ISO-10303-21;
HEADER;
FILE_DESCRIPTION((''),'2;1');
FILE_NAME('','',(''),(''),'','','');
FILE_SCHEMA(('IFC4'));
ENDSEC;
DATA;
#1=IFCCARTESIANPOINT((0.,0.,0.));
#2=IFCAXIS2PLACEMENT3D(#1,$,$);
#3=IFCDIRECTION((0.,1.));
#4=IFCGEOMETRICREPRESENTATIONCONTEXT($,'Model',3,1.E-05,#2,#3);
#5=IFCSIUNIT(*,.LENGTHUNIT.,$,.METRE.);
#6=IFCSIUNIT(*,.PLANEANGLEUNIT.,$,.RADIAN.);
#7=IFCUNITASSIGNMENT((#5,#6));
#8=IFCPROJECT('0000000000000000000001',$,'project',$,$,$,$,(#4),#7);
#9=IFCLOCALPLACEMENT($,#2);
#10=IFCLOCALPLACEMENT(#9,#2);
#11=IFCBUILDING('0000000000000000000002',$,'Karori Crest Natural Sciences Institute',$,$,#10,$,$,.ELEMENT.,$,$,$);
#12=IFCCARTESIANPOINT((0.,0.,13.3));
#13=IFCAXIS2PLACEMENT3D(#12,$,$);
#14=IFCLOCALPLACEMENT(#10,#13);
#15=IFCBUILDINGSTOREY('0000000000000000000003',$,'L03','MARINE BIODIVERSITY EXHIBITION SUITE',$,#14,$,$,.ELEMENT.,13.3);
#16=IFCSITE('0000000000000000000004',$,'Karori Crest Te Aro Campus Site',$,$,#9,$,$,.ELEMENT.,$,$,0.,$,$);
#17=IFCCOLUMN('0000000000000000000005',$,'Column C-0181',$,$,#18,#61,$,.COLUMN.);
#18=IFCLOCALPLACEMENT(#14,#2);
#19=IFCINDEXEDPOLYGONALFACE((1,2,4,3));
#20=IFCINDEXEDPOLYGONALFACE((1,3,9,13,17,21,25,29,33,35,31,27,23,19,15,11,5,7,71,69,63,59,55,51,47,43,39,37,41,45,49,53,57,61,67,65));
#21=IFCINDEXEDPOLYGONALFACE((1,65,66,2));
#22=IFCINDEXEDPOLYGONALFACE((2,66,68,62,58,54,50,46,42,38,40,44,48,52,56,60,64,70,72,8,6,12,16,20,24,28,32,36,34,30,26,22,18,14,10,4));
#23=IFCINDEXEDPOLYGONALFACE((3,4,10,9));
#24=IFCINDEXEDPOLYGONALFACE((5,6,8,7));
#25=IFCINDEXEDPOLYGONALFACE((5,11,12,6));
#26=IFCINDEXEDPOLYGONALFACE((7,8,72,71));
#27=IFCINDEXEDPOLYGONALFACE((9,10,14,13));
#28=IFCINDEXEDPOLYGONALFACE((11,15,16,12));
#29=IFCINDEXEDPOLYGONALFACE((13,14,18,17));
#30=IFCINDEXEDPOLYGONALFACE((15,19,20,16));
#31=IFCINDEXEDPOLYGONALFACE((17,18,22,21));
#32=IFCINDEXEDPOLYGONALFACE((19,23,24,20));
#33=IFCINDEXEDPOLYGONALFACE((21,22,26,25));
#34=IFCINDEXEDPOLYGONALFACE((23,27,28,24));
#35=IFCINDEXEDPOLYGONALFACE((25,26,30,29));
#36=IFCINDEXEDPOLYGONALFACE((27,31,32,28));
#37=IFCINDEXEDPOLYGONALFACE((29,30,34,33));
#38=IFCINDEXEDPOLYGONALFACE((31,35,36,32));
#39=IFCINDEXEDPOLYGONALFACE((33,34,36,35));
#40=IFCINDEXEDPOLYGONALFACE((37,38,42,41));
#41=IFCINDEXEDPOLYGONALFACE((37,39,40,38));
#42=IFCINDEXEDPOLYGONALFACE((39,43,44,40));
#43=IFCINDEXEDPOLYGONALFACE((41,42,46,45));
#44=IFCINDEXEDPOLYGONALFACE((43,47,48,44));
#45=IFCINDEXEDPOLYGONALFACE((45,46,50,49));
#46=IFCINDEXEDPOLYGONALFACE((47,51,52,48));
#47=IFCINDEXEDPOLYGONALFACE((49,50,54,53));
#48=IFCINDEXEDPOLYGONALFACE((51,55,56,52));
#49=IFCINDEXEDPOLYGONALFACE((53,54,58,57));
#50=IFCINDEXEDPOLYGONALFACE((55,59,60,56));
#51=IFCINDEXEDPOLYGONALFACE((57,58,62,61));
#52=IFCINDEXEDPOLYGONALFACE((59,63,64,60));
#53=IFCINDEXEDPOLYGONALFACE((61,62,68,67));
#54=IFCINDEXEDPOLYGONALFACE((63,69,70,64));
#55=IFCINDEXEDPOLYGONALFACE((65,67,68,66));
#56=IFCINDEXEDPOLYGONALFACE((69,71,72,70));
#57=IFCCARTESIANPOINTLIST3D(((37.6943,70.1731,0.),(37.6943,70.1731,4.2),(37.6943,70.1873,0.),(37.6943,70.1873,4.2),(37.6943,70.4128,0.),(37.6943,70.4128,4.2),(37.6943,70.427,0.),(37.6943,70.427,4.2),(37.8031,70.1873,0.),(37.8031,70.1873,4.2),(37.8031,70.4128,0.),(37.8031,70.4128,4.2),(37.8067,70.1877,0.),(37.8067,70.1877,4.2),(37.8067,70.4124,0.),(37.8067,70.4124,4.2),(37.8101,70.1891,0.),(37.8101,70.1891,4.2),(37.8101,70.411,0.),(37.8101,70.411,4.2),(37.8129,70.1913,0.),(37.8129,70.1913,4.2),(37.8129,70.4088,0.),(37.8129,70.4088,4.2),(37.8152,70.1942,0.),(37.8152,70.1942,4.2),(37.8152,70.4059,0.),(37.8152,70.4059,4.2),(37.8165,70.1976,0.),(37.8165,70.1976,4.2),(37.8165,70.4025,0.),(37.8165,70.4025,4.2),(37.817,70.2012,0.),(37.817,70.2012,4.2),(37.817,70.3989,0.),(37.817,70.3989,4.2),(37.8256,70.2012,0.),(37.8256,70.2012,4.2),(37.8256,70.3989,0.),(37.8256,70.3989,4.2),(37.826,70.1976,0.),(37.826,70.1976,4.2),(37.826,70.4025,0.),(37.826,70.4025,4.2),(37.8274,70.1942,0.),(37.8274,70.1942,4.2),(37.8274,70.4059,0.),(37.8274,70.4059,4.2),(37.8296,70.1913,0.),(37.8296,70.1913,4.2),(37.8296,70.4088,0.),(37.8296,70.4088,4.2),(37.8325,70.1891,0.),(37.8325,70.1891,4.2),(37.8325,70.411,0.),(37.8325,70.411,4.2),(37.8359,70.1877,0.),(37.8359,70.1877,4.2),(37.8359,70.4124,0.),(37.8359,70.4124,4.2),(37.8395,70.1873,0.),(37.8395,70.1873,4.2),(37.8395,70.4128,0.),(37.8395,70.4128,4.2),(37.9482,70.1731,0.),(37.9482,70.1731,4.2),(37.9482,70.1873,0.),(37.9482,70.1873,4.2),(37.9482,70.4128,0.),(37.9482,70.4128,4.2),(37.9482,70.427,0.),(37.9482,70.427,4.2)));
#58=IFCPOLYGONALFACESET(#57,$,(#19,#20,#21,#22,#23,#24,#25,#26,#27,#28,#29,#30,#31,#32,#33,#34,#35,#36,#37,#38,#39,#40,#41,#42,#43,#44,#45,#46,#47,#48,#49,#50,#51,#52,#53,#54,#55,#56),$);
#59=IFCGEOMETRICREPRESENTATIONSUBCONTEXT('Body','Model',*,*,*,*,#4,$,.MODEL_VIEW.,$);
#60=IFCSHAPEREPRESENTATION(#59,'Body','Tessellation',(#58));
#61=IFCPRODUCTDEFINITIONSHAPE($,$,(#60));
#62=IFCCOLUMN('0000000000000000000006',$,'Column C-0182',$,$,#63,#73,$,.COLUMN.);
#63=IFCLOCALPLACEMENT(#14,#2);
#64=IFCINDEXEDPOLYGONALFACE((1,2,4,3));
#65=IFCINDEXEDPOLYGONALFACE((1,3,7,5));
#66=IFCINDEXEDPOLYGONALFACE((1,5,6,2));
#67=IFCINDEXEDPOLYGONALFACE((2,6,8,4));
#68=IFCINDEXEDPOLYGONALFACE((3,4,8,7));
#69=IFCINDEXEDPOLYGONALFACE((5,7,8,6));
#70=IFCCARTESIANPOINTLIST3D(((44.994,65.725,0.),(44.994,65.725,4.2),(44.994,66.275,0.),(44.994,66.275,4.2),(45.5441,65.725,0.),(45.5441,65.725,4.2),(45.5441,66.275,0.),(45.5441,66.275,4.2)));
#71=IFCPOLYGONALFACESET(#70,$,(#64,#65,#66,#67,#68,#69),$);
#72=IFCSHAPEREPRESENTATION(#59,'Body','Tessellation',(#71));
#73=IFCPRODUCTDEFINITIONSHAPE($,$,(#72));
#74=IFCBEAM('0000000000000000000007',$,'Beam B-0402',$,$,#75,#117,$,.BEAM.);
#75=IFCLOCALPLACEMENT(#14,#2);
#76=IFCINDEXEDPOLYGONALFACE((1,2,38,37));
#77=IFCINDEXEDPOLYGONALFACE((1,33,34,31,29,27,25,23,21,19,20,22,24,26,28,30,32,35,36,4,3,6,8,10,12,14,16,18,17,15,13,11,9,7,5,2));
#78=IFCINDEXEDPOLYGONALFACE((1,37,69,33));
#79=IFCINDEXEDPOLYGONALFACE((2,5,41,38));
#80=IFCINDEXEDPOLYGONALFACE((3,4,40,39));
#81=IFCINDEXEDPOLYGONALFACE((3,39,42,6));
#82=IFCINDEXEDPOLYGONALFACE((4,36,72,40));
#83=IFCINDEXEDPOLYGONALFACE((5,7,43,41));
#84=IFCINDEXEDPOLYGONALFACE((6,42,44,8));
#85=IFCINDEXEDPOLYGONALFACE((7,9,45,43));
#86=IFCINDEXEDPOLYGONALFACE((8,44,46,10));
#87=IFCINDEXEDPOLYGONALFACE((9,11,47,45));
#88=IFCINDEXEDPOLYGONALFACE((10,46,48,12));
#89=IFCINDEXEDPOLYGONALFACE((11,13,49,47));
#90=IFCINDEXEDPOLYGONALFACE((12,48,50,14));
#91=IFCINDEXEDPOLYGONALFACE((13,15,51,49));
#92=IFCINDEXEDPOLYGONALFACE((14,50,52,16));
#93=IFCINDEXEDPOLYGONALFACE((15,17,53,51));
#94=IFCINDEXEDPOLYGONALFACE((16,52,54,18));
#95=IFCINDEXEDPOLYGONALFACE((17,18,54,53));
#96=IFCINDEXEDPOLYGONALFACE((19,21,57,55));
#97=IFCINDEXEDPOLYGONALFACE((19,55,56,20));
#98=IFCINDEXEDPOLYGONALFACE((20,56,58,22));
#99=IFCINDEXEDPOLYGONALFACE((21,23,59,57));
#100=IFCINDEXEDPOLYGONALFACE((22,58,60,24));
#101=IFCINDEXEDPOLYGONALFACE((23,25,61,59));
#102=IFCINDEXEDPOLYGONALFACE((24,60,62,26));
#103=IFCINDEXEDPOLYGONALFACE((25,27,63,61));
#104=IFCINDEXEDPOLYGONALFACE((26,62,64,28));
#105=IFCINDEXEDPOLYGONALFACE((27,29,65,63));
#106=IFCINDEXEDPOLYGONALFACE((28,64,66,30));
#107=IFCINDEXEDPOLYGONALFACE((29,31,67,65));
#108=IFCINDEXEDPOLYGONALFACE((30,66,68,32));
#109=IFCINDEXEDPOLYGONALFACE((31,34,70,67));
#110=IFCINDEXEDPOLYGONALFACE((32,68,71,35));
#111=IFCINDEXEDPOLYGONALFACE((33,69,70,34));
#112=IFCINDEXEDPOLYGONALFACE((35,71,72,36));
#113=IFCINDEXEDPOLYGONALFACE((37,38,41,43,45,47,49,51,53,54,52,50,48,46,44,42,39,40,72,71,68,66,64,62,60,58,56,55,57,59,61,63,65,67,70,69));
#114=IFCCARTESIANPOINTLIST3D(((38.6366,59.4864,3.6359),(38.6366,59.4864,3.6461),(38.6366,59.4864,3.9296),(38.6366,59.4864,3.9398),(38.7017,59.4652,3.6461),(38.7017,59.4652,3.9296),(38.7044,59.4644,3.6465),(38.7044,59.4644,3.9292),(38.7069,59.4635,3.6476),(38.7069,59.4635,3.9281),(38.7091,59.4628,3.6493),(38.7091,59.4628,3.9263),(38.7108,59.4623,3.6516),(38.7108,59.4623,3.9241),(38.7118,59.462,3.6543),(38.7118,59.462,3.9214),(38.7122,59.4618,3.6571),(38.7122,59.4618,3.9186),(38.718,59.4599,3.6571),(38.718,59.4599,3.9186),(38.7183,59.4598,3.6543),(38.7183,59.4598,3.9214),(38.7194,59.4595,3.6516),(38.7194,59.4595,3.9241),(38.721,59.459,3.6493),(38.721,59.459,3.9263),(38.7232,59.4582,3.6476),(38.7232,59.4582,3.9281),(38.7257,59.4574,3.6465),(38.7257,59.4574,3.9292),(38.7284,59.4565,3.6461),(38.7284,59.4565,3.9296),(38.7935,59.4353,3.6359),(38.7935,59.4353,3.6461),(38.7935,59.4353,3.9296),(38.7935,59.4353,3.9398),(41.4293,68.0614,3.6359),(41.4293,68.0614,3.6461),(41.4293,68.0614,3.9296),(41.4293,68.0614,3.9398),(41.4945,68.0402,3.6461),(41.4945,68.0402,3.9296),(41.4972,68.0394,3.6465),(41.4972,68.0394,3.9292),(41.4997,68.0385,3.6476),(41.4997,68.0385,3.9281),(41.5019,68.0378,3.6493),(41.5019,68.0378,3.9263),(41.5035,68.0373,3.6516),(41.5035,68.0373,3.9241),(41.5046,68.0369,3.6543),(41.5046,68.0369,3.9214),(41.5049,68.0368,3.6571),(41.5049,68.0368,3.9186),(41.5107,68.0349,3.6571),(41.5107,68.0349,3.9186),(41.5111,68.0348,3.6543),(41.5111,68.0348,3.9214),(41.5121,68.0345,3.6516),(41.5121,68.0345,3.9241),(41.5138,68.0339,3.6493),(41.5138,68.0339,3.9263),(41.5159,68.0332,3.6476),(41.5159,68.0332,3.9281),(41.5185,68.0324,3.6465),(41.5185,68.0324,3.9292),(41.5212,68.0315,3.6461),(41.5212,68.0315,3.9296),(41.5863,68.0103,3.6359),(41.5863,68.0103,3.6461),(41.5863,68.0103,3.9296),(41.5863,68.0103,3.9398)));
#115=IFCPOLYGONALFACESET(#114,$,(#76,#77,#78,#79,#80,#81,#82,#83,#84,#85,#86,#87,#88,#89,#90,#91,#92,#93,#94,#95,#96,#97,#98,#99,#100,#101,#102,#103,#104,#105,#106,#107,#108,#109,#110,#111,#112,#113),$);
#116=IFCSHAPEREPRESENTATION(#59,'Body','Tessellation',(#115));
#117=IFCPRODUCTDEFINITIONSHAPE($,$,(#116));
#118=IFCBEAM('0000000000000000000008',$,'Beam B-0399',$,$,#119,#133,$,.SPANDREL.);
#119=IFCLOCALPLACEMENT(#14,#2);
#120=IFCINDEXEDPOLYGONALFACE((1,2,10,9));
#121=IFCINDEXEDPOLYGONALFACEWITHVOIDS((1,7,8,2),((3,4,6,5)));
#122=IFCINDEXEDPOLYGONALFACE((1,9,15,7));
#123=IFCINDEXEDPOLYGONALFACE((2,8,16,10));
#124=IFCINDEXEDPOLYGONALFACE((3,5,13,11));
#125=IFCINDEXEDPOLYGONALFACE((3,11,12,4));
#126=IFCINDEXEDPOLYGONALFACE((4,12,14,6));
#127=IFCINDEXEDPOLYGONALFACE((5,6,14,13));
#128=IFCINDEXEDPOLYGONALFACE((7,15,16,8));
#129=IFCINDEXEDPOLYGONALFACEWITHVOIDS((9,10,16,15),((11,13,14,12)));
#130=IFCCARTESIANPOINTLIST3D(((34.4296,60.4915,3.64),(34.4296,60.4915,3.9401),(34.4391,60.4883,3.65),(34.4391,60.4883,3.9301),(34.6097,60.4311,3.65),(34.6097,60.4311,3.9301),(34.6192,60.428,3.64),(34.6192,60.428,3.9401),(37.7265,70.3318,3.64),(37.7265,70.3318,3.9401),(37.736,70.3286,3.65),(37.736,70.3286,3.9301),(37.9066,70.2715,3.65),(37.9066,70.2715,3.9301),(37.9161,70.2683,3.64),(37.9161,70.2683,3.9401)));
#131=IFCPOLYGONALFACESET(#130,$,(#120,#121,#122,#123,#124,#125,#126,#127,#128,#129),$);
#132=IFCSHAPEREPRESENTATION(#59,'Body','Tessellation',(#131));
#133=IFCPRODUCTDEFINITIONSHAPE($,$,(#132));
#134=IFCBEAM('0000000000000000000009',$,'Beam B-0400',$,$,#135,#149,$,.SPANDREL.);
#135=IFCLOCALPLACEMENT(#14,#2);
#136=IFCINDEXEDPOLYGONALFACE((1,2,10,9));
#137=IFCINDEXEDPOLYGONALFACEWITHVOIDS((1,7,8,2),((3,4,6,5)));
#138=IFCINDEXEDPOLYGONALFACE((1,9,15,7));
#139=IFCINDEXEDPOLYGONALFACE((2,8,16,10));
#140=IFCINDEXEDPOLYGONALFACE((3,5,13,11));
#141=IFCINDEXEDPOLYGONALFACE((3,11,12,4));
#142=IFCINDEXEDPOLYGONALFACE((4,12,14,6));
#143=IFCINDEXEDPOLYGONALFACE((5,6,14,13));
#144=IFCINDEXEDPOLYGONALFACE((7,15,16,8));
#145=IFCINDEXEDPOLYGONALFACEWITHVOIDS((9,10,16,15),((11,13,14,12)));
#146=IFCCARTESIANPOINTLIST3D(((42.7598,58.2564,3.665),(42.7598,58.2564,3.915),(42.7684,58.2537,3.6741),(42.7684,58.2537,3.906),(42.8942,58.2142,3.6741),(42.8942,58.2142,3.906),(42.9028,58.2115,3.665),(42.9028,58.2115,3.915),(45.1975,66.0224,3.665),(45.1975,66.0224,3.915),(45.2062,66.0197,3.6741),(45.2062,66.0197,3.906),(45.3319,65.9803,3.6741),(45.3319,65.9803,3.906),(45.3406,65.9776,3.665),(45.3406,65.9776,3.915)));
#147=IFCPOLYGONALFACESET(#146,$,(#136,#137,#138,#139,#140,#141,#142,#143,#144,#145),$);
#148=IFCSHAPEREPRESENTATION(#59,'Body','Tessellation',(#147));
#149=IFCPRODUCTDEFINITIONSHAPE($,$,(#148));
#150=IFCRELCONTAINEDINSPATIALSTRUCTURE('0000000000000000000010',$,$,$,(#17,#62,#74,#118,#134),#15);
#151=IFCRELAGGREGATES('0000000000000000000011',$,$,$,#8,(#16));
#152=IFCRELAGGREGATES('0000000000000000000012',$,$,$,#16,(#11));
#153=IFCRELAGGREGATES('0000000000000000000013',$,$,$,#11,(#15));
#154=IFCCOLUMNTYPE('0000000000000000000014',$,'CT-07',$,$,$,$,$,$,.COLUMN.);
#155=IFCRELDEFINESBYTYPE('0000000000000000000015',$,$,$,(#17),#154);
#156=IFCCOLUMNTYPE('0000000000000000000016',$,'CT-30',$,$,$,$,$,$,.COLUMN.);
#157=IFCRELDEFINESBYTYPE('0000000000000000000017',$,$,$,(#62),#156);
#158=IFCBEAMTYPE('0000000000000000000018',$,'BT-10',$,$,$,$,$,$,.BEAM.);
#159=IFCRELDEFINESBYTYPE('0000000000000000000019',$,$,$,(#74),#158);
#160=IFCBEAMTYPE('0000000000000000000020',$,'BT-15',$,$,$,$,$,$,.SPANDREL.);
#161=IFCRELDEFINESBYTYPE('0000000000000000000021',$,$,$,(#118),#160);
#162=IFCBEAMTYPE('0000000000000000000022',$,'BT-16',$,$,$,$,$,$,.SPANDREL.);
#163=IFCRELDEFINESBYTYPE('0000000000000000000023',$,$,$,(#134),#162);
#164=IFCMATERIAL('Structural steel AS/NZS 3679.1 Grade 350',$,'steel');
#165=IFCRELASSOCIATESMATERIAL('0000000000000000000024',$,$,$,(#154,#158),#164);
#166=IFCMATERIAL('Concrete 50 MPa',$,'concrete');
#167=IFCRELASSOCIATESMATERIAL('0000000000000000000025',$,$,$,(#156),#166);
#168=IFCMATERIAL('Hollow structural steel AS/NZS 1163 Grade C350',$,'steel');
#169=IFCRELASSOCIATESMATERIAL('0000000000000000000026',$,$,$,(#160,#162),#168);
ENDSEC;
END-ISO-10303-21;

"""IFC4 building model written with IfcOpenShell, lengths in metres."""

from ifc_helpers import new_model, si_unit, direction, frame, origin, origin_2d, place, context, subcontext, project, spatial, rectangle, hollow_rectangle, i_section, extrude, material, material_profile, profile_set, type_object, element, save


model = new_model("IFC4")

# Units and contexts
model_context = context("Model", 3, precision=1e-05, world=origin(), true_north=direction((0.0, 1.0)))
body_context = subcontext(model_context, "Body", "Model", "MODEL_VIEW")
ifc_project = project(units=[si_unit("LENGTHUNIT", "METRE"), si_unit("PLANEANGLEUNIT", "RADIAN")], contexts=[model_context])

# Site, building, storey
site_placement = place(None, origin())
site = spatial("IfcSite", under=ifc_project, at=site_placement, Name="Karori Crest Te Aro Campus Site", CompositionType="ELEMENT", RefElevation=0.0)
building_placement = place(site_placement, origin())
building = spatial("IfcBuilding", under=site, at=building_placement, Name="Karori Crest Natural Sciences Institute", CompositionType="ELEMENT")
storey_placement = place(building_placement, frame((0.0, 0.0, 13.3)))
storey = spatial("IfcBuildingStorey", under=building, at=storey_placement, Name="L03", Description="MARINE BIODIVERSITY EXHIBITION SUITE", CompositionType="ELEMENT", Elevation=13.3)

# Columns
ifc_material_1 = material(Name="Structural steel AS/NZS 3679.1 Grade 350", Category="steel")
ifc_material_profile_1 = material_profile(ifc_material_1, i_section(OverallWidth=0.2539, OverallDepth=0.2539, WebThickness=0.0085, FlangeThickness=0.0142, FilletRadius=0.0139, at=origin_2d()), Name="250UC72.9")
ifc_profile_set_1 = profile_set([ifc_material_profile_1], Name="Structural steel AS/NZS 3679.1 Grade 350")
column_type_1 = type_object("IfcColumnType", Name="CT-07", PredefinedType="COLUMN", material=ifc_profile_set_1)
column_1_placement = place(storey_placement, frame((37.8213, 70.3, 0.0), z_axis=(0.0, 0.0, 1.0), x_axis=(1.0, 0.0, 0.0)))
element("IfcColumn", 1, at=column_1_placement, inside=storey, type_object=column_type_1, Name="Column C-0181", PredefinedType="COLUMN", context=body_context, shape_type="SweptSolid", body=[
    extrude(i_section(OverallWidth=0.2539, OverallDepth=0.2539, WebThickness=0.0085, FlangeThickness=0.0142, FilletRadius=0.0139, at=origin_2d()), origin(), (0.0, 0.0, 1.0), 4.2),
])
ifc_material_2 = material(Name="Concrete 50 MPa", Category="concrete")
ifc_material_profile_2 = material_profile(ifc_material_2, rectangle(XDim=0.55, YDim=0.55, at=origin_2d()), Name="RC550x550")
ifc_profile_set_2 = profile_set([ifc_material_profile_2], Name="Concrete 50 MPa")
column_type_2 = type_object("IfcColumnType", Name="CT-30", PredefinedType="COLUMN", material=ifc_profile_set_2)
column_2_placement = place(storey_placement, frame((45.269, 66.0, 0.0), z_axis=(0.0, 0.0, 1.0), x_axis=(1.0, 0.0, 0.0)))
element("IfcColumn", 2, at=column_2_placement, inside=storey, type_object=column_type_2, Name="Column C-0182", PredefinedType="COLUMN", context=body_context, shape_type="SweptSolid", body=[
    extrude(rectangle(XDim=0.55, YDim=0.55, at=origin_2d()), origin(), (0.0, 0.0, 1.0), 4.2),
])

# Beams
ifc_material_profile_3 = material_profile(ifc_material_1, i_section(OverallWidth=0.165, OverallDepth=0.304, WebThickness=0.0061, FlangeThickness=0.0103, FilletRadius=0.011, at=origin_2d()), Name="310UB40.4")
ifc_profile_set_3 = profile_set([ifc_material_profile_3], Name="Structural steel AS/NZS 3679.1 Grade 350")
beam_type_1 = type_object("IfcBeamType", Name="BT-10", PredefinedType="BEAM", material=ifc_profile_set_3)
beam_1_placement = place(storey_placement, frame((41.5078, 68.0359, 3.7878), z_axis=(-0.309674, -0.950843, 0.0), x_axis=(0.950843, -0.309674, 0.0)))
element("IfcBeam", 3, at=beam_1_placement, inside=storey, type_object=beam_type_1, Name="Beam B-0402", PredefinedType="BEAM", context=body_context, shape_type="SweptSolid", body=[
    extrude(i_section(OverallWidth=0.165, OverallDepth=0.304, WebThickness=0.0061, FlangeThickness=0.0103, FilletRadius=0.011, at=origin_2d()), origin(), (0.0, 0.0, 1.0), 9.0183),
])
ifc_material_3 = material(Name="Hollow structural steel AS/NZS 1163 Grade C350", Category="steel")
ifc_material_profile_4 = material_profile(ifc_material_3, hollow_rectangle(XDim=0.2, YDim=0.3, WallThickness=0.01, at=origin_2d()), Name="RHS300x200x10")
ifc_profile_set_4 = profile_set([ifc_material_profile_4], Name="Hollow structural steel AS/NZS 1163 Grade C350")
beam_type_2 = type_object("IfcBeamType", Name="BT-15", PredefinedType="SPANDREL", material=ifc_profile_set_4)
beam_2_placement = place(storey_placement, frame((37.8213, 70.3, 3.79), z_axis=(-0.317681, -0.948198, 0.0), x_axis=(0.948198, -0.317681, 0.0)))
element("IfcBeam", 4, at=beam_2_placement, inside=storey, type_object=beam_type_2, Name="Beam B-0399", PredefinedType="SPANDREL", context=body_context, shape_type="SweptSolid", body=[
    extrude(hollow_rectangle(XDim=0.2, YDim=0.3, WallThickness=0.01, at=origin_2d()), origin(), (0.0, 0.0, 1.0), 10.3779),
])
ifc_material_profile_5 = material_profile(ifc_material_3, hollow_rectangle(XDim=0.1499, YDim=0.25, WallThickness=0.009, at=origin_2d()), Name="RHS250x150x9")
ifc_profile_set_5 = profile_set([ifc_material_profile_5], Name="Hollow structural steel AS/NZS 1163 Grade C350")
beam_type_3 = type_object("IfcBeamType", Name="BT-16", PredefinedType="SPANDREL", material=ifc_profile_set_5)
beam_3_placement = place(storey_placement, frame((45.269, 66.0, 3.79), z_axis=(-0.299487, -0.9541, 0.0), x_axis=(0.9541, -0.299487, 0.0)))
element("IfcBeam", 5, at=beam_3_placement, inside=storey, type_object=beam_type_3, Name="Beam B-0400", PredefinedType="SPANDREL", context=body_context, shape_type="SweptSolid", body=[
    extrude(hollow_rectangle(XDim=0.1499, YDim=0.25, WallThickness=0.009, at=origin_2d()), origin(), (0.0, 0.0, 1.0), 8.1396),
])

save(model, "model.ifc")
